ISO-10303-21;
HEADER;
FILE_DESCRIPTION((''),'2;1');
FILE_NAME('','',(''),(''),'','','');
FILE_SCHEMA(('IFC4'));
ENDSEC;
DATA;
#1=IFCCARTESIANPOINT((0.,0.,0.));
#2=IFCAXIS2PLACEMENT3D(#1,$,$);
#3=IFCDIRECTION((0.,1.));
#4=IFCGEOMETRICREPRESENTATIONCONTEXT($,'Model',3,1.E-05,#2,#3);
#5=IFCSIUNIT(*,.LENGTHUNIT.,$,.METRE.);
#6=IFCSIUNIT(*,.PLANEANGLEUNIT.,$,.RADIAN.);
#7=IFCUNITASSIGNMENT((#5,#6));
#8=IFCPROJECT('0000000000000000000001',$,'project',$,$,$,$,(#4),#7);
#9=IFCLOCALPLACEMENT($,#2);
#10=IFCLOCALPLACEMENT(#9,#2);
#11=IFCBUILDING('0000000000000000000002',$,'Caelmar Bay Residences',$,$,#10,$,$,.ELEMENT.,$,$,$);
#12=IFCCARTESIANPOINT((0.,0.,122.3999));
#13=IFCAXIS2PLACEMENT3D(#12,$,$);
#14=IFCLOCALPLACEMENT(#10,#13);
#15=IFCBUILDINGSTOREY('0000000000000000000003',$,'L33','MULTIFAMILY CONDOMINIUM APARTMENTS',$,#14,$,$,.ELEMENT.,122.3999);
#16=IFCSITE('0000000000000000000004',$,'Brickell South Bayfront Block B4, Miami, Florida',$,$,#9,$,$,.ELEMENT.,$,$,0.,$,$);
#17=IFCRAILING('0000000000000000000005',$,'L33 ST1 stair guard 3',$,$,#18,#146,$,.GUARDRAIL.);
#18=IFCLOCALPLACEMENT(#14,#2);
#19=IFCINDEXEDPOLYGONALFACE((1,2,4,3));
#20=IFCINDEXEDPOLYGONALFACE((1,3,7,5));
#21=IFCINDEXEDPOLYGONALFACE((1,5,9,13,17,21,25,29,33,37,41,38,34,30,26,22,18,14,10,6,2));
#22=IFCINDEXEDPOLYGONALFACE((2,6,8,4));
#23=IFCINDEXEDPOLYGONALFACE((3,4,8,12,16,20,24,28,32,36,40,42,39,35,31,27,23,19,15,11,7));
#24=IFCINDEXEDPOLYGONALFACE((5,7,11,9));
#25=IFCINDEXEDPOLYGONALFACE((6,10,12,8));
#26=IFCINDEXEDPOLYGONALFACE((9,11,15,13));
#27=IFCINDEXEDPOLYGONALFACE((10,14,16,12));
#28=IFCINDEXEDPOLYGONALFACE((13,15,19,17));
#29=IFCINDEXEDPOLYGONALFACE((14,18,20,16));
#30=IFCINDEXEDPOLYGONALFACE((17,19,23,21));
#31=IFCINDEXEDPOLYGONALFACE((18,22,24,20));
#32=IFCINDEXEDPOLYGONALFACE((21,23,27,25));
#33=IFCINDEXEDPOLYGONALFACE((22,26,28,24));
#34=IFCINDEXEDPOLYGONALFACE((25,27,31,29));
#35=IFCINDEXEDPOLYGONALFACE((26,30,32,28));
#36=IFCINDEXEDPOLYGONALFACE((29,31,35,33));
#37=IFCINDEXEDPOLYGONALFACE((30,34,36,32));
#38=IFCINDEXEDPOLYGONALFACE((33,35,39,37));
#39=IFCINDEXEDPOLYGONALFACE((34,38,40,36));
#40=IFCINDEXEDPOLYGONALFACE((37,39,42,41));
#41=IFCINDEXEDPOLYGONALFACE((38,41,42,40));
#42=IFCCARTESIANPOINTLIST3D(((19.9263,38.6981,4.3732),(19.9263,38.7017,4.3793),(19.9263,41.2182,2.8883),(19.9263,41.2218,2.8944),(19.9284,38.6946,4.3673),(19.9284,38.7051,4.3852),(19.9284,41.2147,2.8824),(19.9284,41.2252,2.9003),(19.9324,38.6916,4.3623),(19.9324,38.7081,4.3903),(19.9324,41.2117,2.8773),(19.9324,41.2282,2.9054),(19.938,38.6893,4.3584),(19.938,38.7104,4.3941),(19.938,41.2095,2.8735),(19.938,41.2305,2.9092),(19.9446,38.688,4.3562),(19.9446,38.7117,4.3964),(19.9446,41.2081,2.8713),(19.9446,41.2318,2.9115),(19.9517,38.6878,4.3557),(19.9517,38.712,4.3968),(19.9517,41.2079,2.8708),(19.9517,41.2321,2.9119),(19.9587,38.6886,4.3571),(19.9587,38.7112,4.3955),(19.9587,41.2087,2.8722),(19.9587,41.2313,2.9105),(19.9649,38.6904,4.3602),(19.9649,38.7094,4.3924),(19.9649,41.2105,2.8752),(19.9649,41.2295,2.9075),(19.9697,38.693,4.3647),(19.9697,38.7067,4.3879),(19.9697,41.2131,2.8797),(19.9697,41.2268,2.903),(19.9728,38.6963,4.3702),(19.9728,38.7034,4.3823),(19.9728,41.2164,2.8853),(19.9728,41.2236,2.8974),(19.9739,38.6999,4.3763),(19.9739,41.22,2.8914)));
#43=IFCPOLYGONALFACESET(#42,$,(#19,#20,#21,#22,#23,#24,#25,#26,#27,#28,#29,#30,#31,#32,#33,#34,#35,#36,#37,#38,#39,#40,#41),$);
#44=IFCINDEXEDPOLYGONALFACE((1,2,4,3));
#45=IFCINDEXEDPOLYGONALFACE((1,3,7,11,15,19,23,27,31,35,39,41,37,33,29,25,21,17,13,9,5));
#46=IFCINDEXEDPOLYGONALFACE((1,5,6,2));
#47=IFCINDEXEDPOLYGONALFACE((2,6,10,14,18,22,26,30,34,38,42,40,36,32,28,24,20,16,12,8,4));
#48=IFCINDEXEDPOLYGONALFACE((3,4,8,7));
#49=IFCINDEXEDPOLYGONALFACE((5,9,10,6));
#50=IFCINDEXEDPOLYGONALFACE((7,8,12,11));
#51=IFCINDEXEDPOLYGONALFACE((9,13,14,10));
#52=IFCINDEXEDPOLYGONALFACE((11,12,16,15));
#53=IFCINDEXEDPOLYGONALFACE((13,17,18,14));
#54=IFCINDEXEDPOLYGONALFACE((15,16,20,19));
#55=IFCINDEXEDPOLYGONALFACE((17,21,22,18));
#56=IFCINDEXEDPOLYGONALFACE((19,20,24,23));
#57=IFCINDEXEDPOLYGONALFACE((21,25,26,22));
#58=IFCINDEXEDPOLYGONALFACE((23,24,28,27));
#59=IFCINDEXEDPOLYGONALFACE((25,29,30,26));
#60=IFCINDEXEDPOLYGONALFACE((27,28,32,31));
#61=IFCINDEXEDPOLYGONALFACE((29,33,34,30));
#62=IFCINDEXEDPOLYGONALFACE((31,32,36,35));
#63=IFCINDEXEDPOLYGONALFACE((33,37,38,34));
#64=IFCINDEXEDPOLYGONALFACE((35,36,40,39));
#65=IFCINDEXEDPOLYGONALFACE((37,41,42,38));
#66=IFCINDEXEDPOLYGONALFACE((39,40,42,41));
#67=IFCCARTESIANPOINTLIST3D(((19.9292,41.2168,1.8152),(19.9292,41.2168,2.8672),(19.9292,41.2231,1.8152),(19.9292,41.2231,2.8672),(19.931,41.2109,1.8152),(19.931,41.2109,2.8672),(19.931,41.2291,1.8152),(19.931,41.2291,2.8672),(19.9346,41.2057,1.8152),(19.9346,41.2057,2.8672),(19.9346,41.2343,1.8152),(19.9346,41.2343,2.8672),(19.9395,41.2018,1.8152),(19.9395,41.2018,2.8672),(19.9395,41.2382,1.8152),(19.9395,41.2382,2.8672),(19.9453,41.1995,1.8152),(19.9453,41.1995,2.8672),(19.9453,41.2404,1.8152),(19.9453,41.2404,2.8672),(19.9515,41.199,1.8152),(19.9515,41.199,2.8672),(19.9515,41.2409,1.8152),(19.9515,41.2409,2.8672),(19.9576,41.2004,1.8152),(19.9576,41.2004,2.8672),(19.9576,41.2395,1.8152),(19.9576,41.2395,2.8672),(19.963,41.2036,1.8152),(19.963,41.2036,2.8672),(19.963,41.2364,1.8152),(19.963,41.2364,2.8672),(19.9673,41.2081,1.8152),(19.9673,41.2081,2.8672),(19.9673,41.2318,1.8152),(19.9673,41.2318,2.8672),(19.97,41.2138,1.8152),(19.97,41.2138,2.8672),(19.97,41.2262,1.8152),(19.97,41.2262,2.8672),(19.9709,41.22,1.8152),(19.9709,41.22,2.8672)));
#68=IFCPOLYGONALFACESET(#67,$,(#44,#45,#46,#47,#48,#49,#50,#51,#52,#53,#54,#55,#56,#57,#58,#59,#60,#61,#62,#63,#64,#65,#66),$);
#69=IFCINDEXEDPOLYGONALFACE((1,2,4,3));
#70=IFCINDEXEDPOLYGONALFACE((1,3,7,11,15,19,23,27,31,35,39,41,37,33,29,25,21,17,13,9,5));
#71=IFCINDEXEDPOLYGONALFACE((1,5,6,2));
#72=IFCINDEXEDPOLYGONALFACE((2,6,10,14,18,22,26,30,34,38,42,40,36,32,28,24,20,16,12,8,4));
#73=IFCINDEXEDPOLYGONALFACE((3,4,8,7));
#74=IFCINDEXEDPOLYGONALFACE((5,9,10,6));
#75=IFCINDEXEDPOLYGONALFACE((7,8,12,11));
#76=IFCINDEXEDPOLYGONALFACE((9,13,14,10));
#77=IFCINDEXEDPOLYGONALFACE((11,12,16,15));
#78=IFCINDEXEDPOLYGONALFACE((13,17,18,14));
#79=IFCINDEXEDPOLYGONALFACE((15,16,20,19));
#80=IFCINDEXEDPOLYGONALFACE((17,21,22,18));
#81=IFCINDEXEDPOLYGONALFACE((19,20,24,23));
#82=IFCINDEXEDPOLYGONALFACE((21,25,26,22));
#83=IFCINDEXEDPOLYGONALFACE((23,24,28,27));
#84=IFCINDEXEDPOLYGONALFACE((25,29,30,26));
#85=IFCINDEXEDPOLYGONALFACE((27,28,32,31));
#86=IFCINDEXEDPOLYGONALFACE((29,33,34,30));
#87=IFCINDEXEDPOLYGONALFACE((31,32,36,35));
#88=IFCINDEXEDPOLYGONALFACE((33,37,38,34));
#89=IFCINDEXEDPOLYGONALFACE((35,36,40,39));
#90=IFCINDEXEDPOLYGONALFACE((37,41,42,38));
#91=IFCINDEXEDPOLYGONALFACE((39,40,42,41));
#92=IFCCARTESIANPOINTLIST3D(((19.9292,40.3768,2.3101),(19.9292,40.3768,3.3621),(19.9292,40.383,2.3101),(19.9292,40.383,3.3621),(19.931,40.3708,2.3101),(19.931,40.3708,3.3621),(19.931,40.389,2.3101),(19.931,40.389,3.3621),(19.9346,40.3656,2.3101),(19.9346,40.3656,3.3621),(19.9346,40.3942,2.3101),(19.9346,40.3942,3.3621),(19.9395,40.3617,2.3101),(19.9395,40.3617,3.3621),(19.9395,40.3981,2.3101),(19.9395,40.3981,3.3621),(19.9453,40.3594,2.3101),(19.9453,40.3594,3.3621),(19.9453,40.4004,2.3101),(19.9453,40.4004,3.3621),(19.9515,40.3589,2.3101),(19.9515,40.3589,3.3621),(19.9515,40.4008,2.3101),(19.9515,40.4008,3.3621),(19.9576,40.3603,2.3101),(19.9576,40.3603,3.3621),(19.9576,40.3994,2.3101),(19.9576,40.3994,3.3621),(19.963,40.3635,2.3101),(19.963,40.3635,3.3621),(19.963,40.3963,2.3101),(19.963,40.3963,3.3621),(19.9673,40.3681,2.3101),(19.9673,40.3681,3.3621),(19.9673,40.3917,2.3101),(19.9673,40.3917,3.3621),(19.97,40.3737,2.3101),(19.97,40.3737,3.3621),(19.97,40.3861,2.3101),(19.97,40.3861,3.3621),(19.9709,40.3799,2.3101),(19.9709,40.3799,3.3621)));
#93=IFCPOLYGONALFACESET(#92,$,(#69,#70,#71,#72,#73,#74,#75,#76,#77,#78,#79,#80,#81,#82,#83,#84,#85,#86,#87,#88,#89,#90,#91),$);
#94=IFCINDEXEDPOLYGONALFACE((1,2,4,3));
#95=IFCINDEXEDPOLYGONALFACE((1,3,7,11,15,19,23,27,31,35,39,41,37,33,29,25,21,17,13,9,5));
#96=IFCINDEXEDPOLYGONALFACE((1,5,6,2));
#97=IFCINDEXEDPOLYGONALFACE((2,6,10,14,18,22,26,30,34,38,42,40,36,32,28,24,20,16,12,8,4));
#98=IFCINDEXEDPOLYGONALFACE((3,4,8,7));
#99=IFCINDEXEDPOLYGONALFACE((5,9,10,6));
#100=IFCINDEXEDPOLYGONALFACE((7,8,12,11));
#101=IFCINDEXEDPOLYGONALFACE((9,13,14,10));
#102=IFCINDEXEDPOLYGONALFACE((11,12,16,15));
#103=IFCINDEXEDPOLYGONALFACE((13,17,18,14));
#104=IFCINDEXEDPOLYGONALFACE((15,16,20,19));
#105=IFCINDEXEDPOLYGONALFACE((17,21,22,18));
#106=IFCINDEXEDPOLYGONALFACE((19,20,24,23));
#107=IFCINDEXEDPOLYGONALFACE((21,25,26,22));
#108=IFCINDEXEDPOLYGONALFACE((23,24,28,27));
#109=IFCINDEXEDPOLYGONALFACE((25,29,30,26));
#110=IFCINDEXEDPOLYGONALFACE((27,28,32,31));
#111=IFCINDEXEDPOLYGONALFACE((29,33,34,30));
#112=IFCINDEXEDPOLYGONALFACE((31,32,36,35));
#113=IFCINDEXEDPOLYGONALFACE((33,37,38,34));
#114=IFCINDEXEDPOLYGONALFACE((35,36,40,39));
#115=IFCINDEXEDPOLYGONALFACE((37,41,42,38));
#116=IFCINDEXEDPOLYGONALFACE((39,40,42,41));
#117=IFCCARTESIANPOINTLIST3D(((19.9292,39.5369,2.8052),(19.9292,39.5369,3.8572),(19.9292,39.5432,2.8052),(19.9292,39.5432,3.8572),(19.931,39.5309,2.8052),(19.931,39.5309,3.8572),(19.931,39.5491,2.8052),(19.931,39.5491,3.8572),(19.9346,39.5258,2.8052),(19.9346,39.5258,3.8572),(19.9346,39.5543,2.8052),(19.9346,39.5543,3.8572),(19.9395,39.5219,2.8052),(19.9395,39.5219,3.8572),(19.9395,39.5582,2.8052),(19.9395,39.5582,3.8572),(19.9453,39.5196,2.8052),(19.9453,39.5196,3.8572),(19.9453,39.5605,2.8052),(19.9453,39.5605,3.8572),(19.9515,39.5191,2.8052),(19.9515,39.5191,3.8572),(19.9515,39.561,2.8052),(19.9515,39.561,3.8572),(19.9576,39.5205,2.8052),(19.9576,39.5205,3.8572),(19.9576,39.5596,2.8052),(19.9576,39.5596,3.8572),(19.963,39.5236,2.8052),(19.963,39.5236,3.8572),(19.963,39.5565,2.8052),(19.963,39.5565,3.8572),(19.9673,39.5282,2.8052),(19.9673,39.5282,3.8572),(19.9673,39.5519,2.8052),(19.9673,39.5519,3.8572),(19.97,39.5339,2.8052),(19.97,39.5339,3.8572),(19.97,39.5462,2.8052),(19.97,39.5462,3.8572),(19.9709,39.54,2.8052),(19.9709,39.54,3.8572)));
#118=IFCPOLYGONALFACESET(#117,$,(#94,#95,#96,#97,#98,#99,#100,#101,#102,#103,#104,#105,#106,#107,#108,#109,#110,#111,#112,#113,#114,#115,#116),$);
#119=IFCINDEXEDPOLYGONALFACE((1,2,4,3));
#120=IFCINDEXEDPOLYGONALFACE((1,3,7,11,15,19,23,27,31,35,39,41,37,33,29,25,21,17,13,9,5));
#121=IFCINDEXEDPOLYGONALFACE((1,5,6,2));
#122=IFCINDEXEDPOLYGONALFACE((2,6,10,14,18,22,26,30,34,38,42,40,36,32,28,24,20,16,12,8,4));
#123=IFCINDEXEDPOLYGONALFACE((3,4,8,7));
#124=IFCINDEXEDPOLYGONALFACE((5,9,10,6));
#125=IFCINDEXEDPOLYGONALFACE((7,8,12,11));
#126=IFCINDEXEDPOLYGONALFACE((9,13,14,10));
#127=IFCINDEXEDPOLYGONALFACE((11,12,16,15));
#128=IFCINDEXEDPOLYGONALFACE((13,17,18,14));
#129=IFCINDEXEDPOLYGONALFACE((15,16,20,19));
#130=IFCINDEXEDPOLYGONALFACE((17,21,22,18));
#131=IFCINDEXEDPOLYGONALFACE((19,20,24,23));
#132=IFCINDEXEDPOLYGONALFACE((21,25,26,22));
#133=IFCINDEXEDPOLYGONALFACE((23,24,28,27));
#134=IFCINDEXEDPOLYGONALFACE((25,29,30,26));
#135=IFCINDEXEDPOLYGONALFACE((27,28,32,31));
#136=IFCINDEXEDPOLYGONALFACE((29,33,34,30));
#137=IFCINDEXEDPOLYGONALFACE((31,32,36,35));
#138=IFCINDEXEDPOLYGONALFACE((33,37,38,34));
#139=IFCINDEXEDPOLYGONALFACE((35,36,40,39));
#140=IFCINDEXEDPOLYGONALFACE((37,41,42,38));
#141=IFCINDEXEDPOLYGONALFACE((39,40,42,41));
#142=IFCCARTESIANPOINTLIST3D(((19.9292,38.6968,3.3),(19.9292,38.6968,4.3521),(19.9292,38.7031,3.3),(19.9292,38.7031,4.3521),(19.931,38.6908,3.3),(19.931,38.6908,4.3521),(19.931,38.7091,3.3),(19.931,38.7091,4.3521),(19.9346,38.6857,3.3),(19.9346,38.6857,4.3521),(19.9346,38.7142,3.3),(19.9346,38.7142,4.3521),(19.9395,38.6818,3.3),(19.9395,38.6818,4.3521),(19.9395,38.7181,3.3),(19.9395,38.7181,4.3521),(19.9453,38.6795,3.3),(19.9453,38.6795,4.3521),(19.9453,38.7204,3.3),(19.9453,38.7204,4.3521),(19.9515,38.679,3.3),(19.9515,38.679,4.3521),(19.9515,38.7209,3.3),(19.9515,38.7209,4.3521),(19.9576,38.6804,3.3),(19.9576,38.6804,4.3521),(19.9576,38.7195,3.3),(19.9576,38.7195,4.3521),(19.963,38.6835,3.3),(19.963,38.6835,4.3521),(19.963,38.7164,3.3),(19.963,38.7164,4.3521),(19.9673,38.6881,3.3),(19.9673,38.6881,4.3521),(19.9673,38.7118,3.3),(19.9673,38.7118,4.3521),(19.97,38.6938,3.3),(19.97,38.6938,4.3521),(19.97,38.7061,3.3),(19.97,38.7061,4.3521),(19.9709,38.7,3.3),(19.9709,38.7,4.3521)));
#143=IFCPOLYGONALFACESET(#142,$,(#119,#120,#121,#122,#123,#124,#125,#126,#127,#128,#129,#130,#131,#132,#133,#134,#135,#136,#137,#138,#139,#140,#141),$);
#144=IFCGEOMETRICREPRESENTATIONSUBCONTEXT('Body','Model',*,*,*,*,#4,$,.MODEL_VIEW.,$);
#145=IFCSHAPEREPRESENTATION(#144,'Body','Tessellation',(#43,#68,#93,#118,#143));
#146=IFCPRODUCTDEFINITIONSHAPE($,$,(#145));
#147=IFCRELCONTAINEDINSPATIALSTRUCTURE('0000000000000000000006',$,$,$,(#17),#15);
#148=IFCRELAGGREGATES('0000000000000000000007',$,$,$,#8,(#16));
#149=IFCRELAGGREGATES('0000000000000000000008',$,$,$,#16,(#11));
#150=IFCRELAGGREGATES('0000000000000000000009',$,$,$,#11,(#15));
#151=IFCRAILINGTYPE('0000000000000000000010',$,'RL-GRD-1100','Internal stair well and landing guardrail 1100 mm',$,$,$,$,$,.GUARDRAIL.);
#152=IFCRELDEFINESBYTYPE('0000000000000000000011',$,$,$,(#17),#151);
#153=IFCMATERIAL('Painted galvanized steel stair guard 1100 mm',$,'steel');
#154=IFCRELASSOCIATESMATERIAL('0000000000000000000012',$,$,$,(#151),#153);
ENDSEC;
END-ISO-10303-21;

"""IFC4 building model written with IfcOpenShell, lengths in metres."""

from ifc_helpers import new_model, si_unit, direction, frame, origin, origin_2d, place, context, subcontext, project, spatial, circle, extrude, material, type_object, element, save


model = new_model("IFC4")

# Units and contexts
model_context = context("Model", 3, precision=1e-05, world=origin(), true_north=direction((0.0, 1.0)))
body_context = subcontext(model_context, "Body", "Model", "MODEL_VIEW")
ifc_project = project(units=[si_unit("LENGTHUNIT", "METRE"), si_unit("PLANEANGLEUNIT", "RADIAN")], contexts=[model_context])

# Site, building, storey
site_placement = place(None, origin())
site = spatial("IfcSite", under=ifc_project, at=site_placement, Name="Brickell South Bayfront Block B4, Miami, Florida", CompositionType="ELEMENT", RefElevation=0.0)
building_placement = place(site_placement, origin())
building = spatial("IfcBuilding", under=site, at=building_placement, Name="Caelmar Bay Residences", CompositionType="ELEMENT")
storey_placement = place(building_placement, frame((0.0, 0.0, 122.3999)))
storey = spatial("IfcBuildingStorey", under=building, at=storey_placement, Name="L33", Description="MULTIFAMILY CONDOMINIUM APARTMENTS", CompositionType="ELEMENT", Elevation=122.3999)

# Railing
ifc_material_1 = material(Name="Painted galvanized steel stair guard 1100 mm", Category="steel")
railing_type_1 = type_object("IfcRailingType", Name="RL-GRD-1100", Description="Internal stair well and landing guardrail 1100 mm", PredefinedType="GUARDRAIL", material=ifc_material_1)
railing_1_placement = place(storey_placement, frame((19.95, 41.22, 1.8152)))
element("IfcRailing", 1, at=railing_1_placement, inside=storey, type_object=railing_type_1, Name="L33 ST1 stair guard 3", PredefinedType="GUARDRAIL", context=body_context, shape_type="SweptSolid", body=[
    extrude(circle(Radius=0.0239, at=origin_2d()), frame((0.0, 0.0, 1.0762), z_axis=(0.0, -0.861561, 0.507655), x_axis=(1.0, 0.0, 0.0)), (0.0, 0.0, 1.0), 2.925),
    extrude(circle(Radius=0.021, at=origin_2d()), origin(), (0.0, 0.0, 1.0), 1.052),
    extrude(circle(Radius=0.021, at=origin_2d()), frame((0.0, -0.8401, 0.4949)), (0.0, 0.0, 1.0), 1.052),
    extrude(circle(Radius=0.021, at=origin_2d()), frame((0.0, -1.6799, 0.99)), (0.0, 0.0, 1.0), 1.052),
    extrude(circle(Radius=0.021, at=origin_2d()), frame((0.0, -2.52, 1.4849)), (0.0, 0.0, 1.0), 1.052),
])

save(model, "model.ifc")
